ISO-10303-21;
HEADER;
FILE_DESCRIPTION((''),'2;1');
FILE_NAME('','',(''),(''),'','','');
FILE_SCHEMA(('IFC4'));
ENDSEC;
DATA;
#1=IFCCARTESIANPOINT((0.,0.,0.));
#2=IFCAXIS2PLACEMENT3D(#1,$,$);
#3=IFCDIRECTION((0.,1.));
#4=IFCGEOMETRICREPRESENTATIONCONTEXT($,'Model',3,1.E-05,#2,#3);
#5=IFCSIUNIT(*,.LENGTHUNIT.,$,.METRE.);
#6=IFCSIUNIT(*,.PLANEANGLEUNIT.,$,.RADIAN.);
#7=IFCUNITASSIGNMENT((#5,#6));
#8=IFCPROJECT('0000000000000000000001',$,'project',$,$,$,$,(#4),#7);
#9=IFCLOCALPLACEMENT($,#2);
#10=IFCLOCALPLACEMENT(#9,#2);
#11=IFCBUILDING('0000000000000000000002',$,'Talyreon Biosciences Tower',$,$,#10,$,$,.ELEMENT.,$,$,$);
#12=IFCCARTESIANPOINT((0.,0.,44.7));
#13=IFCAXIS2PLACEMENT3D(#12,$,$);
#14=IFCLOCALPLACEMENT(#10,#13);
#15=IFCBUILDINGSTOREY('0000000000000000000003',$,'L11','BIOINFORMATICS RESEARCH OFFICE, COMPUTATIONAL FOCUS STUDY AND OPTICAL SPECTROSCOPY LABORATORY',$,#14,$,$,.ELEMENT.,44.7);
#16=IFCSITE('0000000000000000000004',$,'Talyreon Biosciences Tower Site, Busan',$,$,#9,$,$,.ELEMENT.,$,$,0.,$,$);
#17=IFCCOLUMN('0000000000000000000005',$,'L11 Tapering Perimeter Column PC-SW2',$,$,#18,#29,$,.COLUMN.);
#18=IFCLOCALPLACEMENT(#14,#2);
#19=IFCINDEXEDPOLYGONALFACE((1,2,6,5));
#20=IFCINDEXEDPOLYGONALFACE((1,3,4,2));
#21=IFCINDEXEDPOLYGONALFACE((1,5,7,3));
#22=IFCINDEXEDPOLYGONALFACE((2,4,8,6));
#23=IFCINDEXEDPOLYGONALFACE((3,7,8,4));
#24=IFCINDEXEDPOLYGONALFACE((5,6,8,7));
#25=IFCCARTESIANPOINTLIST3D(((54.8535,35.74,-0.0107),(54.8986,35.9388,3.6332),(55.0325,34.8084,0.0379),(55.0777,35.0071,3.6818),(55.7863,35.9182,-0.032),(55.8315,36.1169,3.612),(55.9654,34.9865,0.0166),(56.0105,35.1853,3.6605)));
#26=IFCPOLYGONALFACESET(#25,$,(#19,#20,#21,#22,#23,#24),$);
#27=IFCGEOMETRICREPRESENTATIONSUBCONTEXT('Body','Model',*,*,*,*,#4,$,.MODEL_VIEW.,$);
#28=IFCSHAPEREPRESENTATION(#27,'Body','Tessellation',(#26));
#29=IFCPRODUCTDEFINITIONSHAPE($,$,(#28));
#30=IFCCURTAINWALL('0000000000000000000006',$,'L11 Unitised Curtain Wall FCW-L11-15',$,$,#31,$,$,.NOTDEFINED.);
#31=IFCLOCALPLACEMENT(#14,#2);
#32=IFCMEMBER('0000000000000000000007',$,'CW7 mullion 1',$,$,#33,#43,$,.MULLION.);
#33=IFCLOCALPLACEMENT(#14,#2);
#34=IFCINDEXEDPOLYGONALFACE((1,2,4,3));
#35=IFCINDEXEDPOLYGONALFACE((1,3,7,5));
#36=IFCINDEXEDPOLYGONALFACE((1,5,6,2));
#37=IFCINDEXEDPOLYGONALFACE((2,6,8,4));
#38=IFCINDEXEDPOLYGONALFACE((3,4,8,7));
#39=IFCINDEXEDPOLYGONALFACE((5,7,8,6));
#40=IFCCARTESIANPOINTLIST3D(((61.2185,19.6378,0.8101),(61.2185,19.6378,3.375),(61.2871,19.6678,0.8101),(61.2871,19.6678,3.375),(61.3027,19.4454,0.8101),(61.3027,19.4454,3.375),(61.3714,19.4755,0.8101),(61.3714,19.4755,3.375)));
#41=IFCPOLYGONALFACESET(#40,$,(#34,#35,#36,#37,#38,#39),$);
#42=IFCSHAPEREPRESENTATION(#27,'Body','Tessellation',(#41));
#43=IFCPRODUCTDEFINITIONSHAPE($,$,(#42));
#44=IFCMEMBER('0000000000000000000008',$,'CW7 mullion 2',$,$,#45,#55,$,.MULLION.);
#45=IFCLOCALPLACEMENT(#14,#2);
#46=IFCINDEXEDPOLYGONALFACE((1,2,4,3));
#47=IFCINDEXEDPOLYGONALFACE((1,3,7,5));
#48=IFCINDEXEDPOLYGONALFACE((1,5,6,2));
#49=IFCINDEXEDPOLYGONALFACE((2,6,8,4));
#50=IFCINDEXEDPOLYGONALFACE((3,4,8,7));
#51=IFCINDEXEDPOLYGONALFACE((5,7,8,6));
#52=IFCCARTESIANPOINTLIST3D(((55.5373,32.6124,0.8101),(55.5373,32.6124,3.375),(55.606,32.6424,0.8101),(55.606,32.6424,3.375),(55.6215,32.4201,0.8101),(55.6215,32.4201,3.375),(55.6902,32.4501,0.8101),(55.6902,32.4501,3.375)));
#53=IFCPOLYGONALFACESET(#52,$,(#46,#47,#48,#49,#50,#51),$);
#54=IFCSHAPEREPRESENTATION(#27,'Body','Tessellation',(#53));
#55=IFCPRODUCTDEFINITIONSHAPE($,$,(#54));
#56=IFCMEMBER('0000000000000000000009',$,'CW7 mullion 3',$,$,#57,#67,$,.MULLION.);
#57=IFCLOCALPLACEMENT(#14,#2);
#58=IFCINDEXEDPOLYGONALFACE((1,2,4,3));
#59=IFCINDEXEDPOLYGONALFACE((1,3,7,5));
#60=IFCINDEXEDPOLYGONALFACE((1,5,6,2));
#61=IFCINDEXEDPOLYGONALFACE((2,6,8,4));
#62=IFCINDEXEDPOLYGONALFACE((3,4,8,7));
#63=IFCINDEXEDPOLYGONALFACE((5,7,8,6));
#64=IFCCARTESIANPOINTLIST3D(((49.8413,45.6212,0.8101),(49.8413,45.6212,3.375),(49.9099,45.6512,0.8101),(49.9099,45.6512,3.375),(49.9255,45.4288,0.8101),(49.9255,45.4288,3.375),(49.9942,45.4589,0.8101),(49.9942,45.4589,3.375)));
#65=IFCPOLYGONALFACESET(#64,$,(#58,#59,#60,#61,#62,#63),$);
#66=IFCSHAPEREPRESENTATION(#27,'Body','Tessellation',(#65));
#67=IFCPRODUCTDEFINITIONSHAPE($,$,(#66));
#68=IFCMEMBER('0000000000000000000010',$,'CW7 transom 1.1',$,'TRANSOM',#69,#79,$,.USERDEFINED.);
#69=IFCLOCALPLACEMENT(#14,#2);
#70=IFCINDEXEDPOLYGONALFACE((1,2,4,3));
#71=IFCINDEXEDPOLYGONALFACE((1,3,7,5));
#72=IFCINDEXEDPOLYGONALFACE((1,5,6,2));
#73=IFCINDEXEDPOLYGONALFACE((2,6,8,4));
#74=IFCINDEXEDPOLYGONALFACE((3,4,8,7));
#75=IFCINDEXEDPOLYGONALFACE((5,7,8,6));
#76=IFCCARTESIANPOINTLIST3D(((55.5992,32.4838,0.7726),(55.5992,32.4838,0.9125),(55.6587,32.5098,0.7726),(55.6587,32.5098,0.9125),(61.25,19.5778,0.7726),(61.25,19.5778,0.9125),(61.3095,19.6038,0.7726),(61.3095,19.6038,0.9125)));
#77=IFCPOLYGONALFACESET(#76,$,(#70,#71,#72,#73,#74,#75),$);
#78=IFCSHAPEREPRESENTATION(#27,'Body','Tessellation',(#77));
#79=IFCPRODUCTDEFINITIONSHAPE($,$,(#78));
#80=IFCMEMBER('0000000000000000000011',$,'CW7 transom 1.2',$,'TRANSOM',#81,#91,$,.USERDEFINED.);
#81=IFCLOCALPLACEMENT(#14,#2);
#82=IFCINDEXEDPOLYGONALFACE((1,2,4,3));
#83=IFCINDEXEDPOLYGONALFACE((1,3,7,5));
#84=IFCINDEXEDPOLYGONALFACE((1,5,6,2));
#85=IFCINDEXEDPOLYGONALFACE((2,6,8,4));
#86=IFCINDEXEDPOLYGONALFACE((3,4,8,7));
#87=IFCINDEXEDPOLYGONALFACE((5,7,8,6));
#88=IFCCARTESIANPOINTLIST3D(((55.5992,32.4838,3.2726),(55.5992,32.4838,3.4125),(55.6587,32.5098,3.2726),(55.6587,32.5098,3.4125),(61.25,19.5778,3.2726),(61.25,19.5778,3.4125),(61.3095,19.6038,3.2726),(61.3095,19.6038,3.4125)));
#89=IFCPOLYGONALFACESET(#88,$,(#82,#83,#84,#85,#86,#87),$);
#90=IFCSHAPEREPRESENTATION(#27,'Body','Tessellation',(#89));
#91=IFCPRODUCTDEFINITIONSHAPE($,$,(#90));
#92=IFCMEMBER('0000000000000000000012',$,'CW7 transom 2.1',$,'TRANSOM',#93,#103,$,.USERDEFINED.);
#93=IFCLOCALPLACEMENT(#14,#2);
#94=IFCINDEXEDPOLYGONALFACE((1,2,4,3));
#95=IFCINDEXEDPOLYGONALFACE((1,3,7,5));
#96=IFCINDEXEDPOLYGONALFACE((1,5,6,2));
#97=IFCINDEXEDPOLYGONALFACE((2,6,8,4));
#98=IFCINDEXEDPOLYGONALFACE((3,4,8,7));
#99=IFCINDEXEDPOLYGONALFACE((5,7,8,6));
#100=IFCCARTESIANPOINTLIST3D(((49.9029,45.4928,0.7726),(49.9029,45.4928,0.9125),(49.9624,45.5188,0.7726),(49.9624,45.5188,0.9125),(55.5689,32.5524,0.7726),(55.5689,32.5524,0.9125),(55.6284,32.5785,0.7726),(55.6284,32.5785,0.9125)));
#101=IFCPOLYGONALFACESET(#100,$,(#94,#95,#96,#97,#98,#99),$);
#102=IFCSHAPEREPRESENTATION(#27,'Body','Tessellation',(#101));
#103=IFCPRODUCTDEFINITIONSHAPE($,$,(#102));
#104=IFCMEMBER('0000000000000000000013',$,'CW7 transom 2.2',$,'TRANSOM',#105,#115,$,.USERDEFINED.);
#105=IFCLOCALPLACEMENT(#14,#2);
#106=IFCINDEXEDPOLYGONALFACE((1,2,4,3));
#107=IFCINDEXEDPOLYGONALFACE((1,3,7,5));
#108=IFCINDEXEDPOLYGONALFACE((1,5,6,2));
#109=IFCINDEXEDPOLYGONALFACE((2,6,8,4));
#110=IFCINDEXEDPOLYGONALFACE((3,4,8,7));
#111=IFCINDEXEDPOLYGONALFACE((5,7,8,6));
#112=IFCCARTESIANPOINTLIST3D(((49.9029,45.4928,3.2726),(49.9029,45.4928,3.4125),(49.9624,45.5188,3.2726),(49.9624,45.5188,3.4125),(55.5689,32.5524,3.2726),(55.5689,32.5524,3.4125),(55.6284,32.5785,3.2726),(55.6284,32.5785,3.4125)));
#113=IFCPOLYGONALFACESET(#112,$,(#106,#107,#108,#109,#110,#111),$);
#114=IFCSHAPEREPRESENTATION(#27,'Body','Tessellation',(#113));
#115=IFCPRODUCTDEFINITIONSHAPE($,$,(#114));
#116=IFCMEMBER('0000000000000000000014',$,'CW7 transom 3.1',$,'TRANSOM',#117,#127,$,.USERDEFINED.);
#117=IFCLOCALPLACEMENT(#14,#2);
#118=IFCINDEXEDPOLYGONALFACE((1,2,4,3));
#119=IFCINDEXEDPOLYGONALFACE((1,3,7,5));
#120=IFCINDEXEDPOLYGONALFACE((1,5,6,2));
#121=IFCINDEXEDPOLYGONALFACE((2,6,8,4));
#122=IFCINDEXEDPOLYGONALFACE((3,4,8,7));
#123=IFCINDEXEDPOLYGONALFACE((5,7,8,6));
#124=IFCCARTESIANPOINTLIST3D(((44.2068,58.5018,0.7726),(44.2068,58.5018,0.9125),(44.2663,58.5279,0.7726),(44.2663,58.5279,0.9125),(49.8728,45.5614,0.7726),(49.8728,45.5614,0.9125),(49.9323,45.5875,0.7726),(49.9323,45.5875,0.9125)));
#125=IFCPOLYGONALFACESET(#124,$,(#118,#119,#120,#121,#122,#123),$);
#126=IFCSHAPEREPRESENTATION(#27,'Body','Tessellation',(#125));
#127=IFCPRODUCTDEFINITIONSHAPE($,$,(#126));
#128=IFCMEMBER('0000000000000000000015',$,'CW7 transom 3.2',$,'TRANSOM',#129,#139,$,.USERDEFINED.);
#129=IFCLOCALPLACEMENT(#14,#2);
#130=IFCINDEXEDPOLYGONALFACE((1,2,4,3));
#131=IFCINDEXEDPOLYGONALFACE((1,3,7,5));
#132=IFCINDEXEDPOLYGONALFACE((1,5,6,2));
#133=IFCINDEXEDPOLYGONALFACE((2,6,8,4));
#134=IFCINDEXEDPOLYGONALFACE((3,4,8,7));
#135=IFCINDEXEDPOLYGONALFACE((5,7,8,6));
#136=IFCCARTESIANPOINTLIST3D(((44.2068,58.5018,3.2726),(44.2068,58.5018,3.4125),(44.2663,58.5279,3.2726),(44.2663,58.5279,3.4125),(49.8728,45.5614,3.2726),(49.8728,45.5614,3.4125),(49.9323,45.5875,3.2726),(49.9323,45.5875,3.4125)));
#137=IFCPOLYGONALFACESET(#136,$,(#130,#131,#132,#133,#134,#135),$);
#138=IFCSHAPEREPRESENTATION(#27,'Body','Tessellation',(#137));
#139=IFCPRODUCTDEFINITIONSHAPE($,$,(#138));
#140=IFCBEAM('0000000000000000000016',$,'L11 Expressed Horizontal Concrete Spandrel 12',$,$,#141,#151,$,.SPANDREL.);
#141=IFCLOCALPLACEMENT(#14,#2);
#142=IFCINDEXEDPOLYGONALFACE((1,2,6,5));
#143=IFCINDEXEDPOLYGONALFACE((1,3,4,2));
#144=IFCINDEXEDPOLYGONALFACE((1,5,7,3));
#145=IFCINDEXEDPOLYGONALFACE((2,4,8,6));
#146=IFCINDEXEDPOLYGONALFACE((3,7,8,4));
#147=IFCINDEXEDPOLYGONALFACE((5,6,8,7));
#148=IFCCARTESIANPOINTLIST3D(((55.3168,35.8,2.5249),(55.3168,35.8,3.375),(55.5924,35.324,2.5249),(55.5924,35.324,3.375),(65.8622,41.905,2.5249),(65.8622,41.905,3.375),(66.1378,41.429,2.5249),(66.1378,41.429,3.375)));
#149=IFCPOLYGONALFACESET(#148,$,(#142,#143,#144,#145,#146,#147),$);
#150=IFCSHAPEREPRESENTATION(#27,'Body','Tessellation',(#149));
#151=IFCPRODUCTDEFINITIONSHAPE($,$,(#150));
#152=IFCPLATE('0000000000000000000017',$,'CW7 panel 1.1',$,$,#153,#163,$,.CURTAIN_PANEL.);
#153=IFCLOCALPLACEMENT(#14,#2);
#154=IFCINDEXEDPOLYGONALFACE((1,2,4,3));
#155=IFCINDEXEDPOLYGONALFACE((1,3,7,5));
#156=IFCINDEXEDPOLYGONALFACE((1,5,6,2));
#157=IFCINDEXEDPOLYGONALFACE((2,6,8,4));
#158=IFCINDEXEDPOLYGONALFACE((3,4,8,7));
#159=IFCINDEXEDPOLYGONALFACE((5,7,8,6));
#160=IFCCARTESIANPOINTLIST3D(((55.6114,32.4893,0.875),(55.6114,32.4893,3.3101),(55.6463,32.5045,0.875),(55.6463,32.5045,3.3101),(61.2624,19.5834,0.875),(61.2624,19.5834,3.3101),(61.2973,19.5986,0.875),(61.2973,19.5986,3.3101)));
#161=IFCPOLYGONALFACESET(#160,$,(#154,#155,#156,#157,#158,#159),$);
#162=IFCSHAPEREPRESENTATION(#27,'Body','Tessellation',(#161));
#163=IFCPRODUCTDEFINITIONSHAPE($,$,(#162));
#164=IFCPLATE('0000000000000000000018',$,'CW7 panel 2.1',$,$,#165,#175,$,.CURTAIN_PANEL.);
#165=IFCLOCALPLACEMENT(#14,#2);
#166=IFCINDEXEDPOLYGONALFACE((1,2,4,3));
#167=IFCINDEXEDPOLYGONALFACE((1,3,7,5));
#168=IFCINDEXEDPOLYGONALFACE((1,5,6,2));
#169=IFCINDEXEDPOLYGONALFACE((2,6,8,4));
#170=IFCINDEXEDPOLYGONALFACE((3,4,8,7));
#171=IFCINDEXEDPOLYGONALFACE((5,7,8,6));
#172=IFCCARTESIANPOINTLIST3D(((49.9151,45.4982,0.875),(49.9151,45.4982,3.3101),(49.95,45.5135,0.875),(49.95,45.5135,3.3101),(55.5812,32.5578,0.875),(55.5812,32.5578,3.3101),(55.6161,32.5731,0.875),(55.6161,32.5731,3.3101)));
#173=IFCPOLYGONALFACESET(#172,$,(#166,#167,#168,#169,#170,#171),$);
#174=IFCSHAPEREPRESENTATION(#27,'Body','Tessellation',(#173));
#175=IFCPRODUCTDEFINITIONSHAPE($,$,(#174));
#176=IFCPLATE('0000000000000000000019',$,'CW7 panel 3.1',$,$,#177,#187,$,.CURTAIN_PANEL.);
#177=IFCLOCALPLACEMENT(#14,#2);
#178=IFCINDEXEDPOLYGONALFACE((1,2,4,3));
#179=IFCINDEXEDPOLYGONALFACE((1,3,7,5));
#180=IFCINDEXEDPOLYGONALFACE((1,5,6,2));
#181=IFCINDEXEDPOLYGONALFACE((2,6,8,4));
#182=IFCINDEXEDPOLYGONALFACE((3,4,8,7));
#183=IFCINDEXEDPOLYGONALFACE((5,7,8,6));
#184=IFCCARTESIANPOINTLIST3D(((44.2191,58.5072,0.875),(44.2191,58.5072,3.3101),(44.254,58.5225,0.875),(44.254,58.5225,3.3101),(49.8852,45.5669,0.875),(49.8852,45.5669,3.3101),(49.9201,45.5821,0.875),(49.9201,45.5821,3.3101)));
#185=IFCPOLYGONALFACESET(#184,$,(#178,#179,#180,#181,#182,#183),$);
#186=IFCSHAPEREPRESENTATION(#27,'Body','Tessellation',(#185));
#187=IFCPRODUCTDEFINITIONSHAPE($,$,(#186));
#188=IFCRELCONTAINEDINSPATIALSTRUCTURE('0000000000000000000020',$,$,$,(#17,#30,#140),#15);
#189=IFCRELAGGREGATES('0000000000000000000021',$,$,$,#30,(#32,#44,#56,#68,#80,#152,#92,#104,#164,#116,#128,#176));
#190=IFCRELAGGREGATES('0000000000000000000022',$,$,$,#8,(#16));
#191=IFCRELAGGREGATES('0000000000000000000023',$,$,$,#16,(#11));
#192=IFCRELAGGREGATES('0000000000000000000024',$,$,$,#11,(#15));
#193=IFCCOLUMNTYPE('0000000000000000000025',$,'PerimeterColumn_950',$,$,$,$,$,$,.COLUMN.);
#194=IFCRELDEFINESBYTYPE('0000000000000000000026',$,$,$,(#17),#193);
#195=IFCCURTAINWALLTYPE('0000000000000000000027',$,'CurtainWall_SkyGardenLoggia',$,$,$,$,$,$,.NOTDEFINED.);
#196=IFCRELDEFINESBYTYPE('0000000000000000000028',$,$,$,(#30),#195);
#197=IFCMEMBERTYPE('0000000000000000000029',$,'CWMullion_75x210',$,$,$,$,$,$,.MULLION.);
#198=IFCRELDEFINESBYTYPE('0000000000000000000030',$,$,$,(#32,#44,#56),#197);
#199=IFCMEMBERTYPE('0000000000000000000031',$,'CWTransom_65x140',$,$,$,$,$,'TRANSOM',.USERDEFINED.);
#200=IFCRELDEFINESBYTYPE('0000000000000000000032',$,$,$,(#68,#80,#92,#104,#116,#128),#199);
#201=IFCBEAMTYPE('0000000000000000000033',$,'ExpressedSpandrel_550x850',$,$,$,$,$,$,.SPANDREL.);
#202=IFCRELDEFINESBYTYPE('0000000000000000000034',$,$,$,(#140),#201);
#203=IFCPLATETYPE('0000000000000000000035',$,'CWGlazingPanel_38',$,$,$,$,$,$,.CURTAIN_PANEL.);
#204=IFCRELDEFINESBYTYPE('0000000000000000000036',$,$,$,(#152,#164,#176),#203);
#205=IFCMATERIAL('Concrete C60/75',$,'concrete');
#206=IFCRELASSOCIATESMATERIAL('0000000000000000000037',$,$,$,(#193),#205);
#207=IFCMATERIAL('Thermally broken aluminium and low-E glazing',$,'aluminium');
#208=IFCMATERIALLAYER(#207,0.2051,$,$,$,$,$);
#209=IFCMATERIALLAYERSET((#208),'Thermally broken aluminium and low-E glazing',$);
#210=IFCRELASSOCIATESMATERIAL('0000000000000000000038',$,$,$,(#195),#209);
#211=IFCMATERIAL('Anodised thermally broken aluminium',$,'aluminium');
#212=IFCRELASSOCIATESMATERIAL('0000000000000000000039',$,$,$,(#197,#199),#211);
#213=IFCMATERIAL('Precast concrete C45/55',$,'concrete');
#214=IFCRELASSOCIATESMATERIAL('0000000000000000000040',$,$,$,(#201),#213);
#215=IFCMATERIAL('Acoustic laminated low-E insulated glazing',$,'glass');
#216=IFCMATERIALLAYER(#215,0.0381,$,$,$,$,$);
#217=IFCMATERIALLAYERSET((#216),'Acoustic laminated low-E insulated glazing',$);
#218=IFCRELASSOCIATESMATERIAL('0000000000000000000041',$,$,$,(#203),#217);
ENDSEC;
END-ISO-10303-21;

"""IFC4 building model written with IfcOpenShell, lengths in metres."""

from ifc_helpers import new_model, si_unit, direction, frame, origin, origin_2d, place, context, subcontext, project, spatial, rectangle, extrude, material, layer, layer_set, material_profile, profile_set, type_object, element, aggregate, save


model = new_model("IFC4")

# Units and contexts
model_context = context("Model", 3, precision=1e-05, world=origin(), true_north=direction((0.0, 1.0)))
body_context = subcontext(model_context, "Body", "Model", "MODEL_VIEW")
ifc_project = project(units=[si_unit("LENGTHUNIT", "METRE"), si_unit("PLANEANGLEUNIT", "RADIAN")], contexts=[model_context])

# Site, building, storey
site_placement = place(None, origin())
site = spatial("IfcSite", under=ifc_project, at=site_placement, Name="Talyreon Biosciences Tower Site, Busan", CompositionType="ELEMENT", RefElevation=0.0)
building_placement = place(site_placement, origin())
building = spatial("IfcBuilding", under=site, at=building_placement, Name="Talyreon Biosciences Tower", CompositionType="ELEMENT")
storey_placement = place(building_placement, frame((0.0, 0.0, 44.7)))
storey = spatial("IfcBuildingStorey", under=building, at=storey_placement, Name="L11", Description="BIOINFORMATICS RESEARCH OFFICE, COMPUTATIONAL FOCUS STUDY AND OPTICAL SPECTROSCOPY LABORATORY", CompositionType="ELEMENT", Elevation=44.7)

# Column
ifc_material_1 = material(Name="Concrete C60/75", Category="concrete")
ifc_material_profile_1 = material_profile(ifc_material_1, rectangle(XDim=0.95, YDim=0.95, at=origin_2d()), Name="RC 950x950")
ifc_profile_set_1 = profile_set([ifc_material_profile_1], Name="Concrete C60/75")
column_type = type_object("IfcColumnType", Name="PerimeterColumn_950", PredefinedType="COLUMN", material=ifc_profile_set_1)
column_placement = place(storey_placement, frame((55.4094, 35.3633, 0.0029), z_axis=(0.012375, 0.054451, 0.99844), x_axis=(-0.188482, 0.980744, -0.051149)))
element("IfcColumn", 1, at=column_placement, inside=storey, type_object=column_type, Name="L11 Tapering Perimeter Column PC-SW2", PredefinedType="COLUMN", context=body_context, shape_type="SweptSolid", body=[
    extrude(rectangle(XDim=0.95, YDim=0.95, at=origin_2d()), origin(), (0.0, 0.0, 1.0), 3.6497),
])

# Curtain wall, members
ifc_material_2 = material(Name="Thermally broken aluminium and low-E glazing", Category="aluminium")
ifc_layer_1 = layer(ifc_material_2, 0.2051)
ifc_layer_set_1 = layer_set([ifc_layer_1], Name="Thermally broken aluminium and low-E glazing")
curtain_wall_type = type_object("IfcCurtainWallType", Name="CurtainWall_SkyGardenLoggia", PredefinedType="NOTDEFINED", material=ifc_layer_set_1)
curtain_wall_placement = place(storey_placement, origin())
curtain_wall = element("IfcCurtainWall", 2, at=curtain_wall_placement, inside=storey, type_object=curtain_wall_type, Name="L11 Unitised Curtain Wall FCW-L11-15", PredefinedType="NOTDEFINED")
ifc_material_3 = material(Name="Anodised thermally broken aluminium", Category="aluminium")
ifc_material_profile_2 = material_profile(ifc_material_3, rectangle(XDim=0.075, YDim=0.21, at=origin_2d()), Name="ALUM MULLION 75x210")
ifc_profile_set_2 = profile_set([ifc_material_profile_2], Name="Anodised thermally broken aluminium")
member_type_1 = type_object("IfcMemberType", Name="CWMullion_75x210", PredefinedType="MULLION", material=ifc_profile_set_2)
member_1_placement = place(storey_placement, frame((61.2949, 19.5566, 0.8101), z_axis=(0.0, 0.0, 1.0), x_axis=(-0.916035, -0.401097, 0.0)))
member_1 = element("IfcMember", 3, at=member_1_placement, type_object=member_type_1, Name="CW7 mullion 1", PredefinedType="MULLION", context=body_context, shape_type="SweptSolid", body=[
    extrude(rectangle(XDim=0.075, YDim=0.21, at=origin_2d()), origin(), (0.0, 0.0, 1.0), 2.5649),
])
member_2_placement = place(storey_placement, frame((55.6138, 32.5312, 0.8101), z_axis=(0.0, 0.0, 1.0), x_axis=(-0.916035, -0.401097, 0.0)))
member_2 = element("IfcMember", 4, at=member_2_placement, type_object=member_type_1, Name="CW7 mullion 2", PredefinedType="MULLION", context=body_context, shape_type="SweptSolid", body=[
    extrude(rectangle(XDim=0.075, YDim=0.21, at=origin_2d()), origin(), (0.0, 0.0, 1.0), 2.5649),
])
member_3_placement = place(storey_placement, frame((49.9177, 45.54, 0.8101), z_axis=(0.0, 0.0, 1.0), x_axis=(-0.916035, -0.401097, 0.0)))
member_3 = element("IfcMember", 5, at=member_3_placement, type_object=member_type_1, Name="CW7 mullion 3", PredefinedType="MULLION", context=body_context, shape_type="SweptSolid", body=[
    extrude(rectangle(XDim=0.075, YDim=0.21, at=origin_2d()), origin(), (0.0, 0.0, 1.0), 2.5649),
])
ifc_material_profile_3 = material_profile(ifc_material_3, rectangle(XDim=0.0649, YDim=0.1399, at=origin_2d()), Name="ALUM TRANSOM 65x140")
ifc_profile_set_3 = profile_set([ifc_material_profile_3], Name="Anodised thermally broken aluminium")
member_type_2 = type_object("IfcMemberType", Name="CWTransom_65x140", ElementType="TRANSOM", PredefinedType="USERDEFINED", material=ifc_profile_set_3)
member_4_placement = place(storey_placement, frame((61.2798, 19.5908, 0.8425), z_axis=(-0.401087, 0.91604, 0.0), x_axis=(-0.91604, -0.401087, 0.0)))
member_4 = element("IfcMember", 6, at=member_4_placement, type_object=member_type_2, Name="CW7 transom 1.1", ObjectType="TRANSOM", PredefinedType="USERDEFINED", context=body_context, shape_type="SweptSolid", body=[
    extrude(rectangle(XDim=0.0649, YDim=0.1399, at=origin_2d()), origin(), (0.0, 0.0, 1.0), 14.0889),
])
member_5_placement = place(storey_placement, frame((61.2798, 19.5908, 3.3425), z_axis=(-0.401087, 0.91604, 0.0), x_axis=(-0.91604, -0.401087, 0.0)))
member_5 = element("IfcMember", 7, at=member_5_placement, type_object=member_type_2, Name="CW7 transom 1.2", ObjectType="TRANSOM", PredefinedType="USERDEFINED", context=body_context, shape_type="SweptSolid", body=[
    extrude(rectangle(XDim=0.0649, YDim=0.1399, at=origin_2d()), origin(), (0.0, 0.0, 1.0), 14.0889),
])
member_6_placement = place(storey_placement, frame((55.5986, 32.5654, 0.8425), z_axis=(-0.401091, 0.916038, 0.0), x_axis=(-0.916038, -0.401091, 0.0)))
member_6 = element("IfcMember", 8, at=member_6_placement, type_object=member_type_2, Name="CW7 transom 2.1", ObjectType="TRANSOM", PredefinedType="USERDEFINED", context=body_context, shape_type="SweptSolid", body=[
    extrude(rectangle(XDim=0.0649, YDim=0.1399, at=origin_2d()), origin(), (0.0, 0.0, 1.0), 14.1265),
])
member_7_placement = place(storey_placement, frame((55.5986, 32.5654, 3.3425), z_axis=(-0.401091, 0.916038, 0.0), x_axis=(-0.916038, -0.401091, 0.0)))
member_7 = element("IfcMember", 9, at=member_7_placement, type_object=member_type_2, Name="CW7 transom 2.2", ObjectType="TRANSOM", PredefinedType="USERDEFINED", context=body_context, shape_type="SweptSolid", body=[
    extrude(rectangle(XDim=0.0649, YDim=0.1399, at=origin_2d()), origin(), (0.0, 0.0, 1.0), 14.1265),
])
member_8_placement = place(storey_placement, frame((49.9026, 45.5745, 0.8425), z_axis=(-0.401091, 0.916038, 0.0), x_axis=(-0.916038, -0.401091, 0.0)))
member_8 = element("IfcMember", 10, at=member_8_placement, type_object=member_type_2, Name="CW7 transom 3.1", ObjectType="TRANSOM", PredefinedType="USERDEFINED", context=body_context, shape_type="SweptSolid", body=[
    extrude(rectangle(XDim=0.0649, YDim=0.1399, at=origin_2d()), origin(), (0.0, 0.0, 1.0), 14.1265),
])
member_9_placement = place(storey_placement, frame((49.9026, 45.5745, 3.3425), z_axis=(-0.401091, 0.916038, 0.0), x_axis=(-0.916038, -0.401091, 0.0)))
member_9 = element("IfcMember", 11, at=member_9_placement, type_object=member_type_2, Name="CW7 transom 3.2", ObjectType="TRANSOM", PredefinedType="USERDEFINED", context=body_context, shape_type="SweptSolid", body=[
    extrude(rectangle(XDim=0.0649, YDim=0.1399, at=origin_2d()), origin(), (0.0, 0.0, 1.0), 14.1265),
])

# Beam
ifc_material_4 = material(Name="Precast concrete C45/55", Category="concrete")
ifc_material_profile_4 = material_profile(ifc_material_4, rectangle(XDim=0.55, YDim=0.8501, at=origin_2d()), Name="RCB 550x850")
ifc_profile_set_4 = profile_set([ifc_material_profile_4], Name="Precast concrete C45/55")
beam_type = type_object("IfcBeamType", Name="ExpressedSpandrel_550x850", PredefinedType="SPANDREL", material=ifc_profile_set_4)
beam_placement = place(storey_placement, frame((55.4546, 35.562, 2.95), z_axis=(0.865435, 0.50102, 0.0), x_axis=(-0.50102, 0.865435, 0.0)))
element("IfcBeam", 12, at=beam_placement, inside=storey, type_object=beam_type, Name="L11 Expressed Horizontal Concrete Spandrel 12", PredefinedType="SPANDREL", context=body_context, shape_type="SweptSolid", body=[
    extrude(rectangle(XDim=0.55, YDim=0.8501, at=origin_2d()), origin(), (0.0, 0.0, 1.0), 12.1851),
])

# Plates
ifc_material_5 = material(Name="Acoustic laminated low-E insulated glazing", Category="glass")
ifc_layer_2 = layer(ifc_material_5, 0.0381)
ifc_layer_set_2 = layer_set([ifc_layer_2], Name="Acoustic laminated low-E insulated glazing")
plate_type_1 = type_object("IfcPlateType", Name="CWGlazingPanel_38", PredefinedType="CURTAIN_PANEL", material=ifc_layer_set_2)
plate_1_placement = place(storey_placement, frame((58.4543, 26.0439, 0.875), z_axis=(0.0, 0.0, 1.0), x_axis=(-0.401097, 0.916035, 0.0)))
plate_1 = element("IfcPlate", 13, at=plate_1_placement, type_object=plate_type_1, Name="CW7 panel 1.1", PredefinedType="CURTAIN_PANEL", context=body_context, shape_type="SweptSolid", body=[
    extrude(rectangle(XDim=14.0889, YDim=0.0381, at=origin_2d()), origin(), (0.0, 0.0, 1.0), 2.4351),
])
plate_2_placement = place(storey_placement, frame((52.7656, 39.0356, 0.875), z_axis=(0.0, 0.0, 1.0), x_axis=(-0.401097, 0.916035, 0.0)))
plate_2 = element("IfcPlate", 14, at=plate_2_placement, type_object=plate_type_1, Name="CW7 panel 2.1", PredefinedType="CURTAIN_PANEL", context=body_context, shape_type="SweptSolid", body=[
    extrude(rectangle(XDim=14.1265, YDim=0.0381, at=origin_2d()), origin(), (0.0, 0.0, 1.0), 2.4351),
])
plate_3_placement = place(storey_placement, frame((47.0696, 52.0447, 0.875), z_axis=(0.0, 0.0, 1.0), x_axis=(-0.401097, 0.916035, 0.0)))
plate_3 = element("IfcPlate", 15, at=plate_3_placement, type_object=plate_type_1, Name="CW7 panel 3.1", PredefinedType="CURTAIN_PANEL", context=body_context, shape_type="SweptSolid", body=[
    extrude(rectangle(XDim=14.1265, YDim=0.0381, at=origin_2d()), origin(), (0.0, 0.0, 1.0), 2.4351),
])
aggregate(curtain_wall, [member_1, member_2, member_3, member_4, member_5, plate_1, member_6, member_7, plate_2, member_8, member_9, plate_3])

save(model, "model.ifc")
